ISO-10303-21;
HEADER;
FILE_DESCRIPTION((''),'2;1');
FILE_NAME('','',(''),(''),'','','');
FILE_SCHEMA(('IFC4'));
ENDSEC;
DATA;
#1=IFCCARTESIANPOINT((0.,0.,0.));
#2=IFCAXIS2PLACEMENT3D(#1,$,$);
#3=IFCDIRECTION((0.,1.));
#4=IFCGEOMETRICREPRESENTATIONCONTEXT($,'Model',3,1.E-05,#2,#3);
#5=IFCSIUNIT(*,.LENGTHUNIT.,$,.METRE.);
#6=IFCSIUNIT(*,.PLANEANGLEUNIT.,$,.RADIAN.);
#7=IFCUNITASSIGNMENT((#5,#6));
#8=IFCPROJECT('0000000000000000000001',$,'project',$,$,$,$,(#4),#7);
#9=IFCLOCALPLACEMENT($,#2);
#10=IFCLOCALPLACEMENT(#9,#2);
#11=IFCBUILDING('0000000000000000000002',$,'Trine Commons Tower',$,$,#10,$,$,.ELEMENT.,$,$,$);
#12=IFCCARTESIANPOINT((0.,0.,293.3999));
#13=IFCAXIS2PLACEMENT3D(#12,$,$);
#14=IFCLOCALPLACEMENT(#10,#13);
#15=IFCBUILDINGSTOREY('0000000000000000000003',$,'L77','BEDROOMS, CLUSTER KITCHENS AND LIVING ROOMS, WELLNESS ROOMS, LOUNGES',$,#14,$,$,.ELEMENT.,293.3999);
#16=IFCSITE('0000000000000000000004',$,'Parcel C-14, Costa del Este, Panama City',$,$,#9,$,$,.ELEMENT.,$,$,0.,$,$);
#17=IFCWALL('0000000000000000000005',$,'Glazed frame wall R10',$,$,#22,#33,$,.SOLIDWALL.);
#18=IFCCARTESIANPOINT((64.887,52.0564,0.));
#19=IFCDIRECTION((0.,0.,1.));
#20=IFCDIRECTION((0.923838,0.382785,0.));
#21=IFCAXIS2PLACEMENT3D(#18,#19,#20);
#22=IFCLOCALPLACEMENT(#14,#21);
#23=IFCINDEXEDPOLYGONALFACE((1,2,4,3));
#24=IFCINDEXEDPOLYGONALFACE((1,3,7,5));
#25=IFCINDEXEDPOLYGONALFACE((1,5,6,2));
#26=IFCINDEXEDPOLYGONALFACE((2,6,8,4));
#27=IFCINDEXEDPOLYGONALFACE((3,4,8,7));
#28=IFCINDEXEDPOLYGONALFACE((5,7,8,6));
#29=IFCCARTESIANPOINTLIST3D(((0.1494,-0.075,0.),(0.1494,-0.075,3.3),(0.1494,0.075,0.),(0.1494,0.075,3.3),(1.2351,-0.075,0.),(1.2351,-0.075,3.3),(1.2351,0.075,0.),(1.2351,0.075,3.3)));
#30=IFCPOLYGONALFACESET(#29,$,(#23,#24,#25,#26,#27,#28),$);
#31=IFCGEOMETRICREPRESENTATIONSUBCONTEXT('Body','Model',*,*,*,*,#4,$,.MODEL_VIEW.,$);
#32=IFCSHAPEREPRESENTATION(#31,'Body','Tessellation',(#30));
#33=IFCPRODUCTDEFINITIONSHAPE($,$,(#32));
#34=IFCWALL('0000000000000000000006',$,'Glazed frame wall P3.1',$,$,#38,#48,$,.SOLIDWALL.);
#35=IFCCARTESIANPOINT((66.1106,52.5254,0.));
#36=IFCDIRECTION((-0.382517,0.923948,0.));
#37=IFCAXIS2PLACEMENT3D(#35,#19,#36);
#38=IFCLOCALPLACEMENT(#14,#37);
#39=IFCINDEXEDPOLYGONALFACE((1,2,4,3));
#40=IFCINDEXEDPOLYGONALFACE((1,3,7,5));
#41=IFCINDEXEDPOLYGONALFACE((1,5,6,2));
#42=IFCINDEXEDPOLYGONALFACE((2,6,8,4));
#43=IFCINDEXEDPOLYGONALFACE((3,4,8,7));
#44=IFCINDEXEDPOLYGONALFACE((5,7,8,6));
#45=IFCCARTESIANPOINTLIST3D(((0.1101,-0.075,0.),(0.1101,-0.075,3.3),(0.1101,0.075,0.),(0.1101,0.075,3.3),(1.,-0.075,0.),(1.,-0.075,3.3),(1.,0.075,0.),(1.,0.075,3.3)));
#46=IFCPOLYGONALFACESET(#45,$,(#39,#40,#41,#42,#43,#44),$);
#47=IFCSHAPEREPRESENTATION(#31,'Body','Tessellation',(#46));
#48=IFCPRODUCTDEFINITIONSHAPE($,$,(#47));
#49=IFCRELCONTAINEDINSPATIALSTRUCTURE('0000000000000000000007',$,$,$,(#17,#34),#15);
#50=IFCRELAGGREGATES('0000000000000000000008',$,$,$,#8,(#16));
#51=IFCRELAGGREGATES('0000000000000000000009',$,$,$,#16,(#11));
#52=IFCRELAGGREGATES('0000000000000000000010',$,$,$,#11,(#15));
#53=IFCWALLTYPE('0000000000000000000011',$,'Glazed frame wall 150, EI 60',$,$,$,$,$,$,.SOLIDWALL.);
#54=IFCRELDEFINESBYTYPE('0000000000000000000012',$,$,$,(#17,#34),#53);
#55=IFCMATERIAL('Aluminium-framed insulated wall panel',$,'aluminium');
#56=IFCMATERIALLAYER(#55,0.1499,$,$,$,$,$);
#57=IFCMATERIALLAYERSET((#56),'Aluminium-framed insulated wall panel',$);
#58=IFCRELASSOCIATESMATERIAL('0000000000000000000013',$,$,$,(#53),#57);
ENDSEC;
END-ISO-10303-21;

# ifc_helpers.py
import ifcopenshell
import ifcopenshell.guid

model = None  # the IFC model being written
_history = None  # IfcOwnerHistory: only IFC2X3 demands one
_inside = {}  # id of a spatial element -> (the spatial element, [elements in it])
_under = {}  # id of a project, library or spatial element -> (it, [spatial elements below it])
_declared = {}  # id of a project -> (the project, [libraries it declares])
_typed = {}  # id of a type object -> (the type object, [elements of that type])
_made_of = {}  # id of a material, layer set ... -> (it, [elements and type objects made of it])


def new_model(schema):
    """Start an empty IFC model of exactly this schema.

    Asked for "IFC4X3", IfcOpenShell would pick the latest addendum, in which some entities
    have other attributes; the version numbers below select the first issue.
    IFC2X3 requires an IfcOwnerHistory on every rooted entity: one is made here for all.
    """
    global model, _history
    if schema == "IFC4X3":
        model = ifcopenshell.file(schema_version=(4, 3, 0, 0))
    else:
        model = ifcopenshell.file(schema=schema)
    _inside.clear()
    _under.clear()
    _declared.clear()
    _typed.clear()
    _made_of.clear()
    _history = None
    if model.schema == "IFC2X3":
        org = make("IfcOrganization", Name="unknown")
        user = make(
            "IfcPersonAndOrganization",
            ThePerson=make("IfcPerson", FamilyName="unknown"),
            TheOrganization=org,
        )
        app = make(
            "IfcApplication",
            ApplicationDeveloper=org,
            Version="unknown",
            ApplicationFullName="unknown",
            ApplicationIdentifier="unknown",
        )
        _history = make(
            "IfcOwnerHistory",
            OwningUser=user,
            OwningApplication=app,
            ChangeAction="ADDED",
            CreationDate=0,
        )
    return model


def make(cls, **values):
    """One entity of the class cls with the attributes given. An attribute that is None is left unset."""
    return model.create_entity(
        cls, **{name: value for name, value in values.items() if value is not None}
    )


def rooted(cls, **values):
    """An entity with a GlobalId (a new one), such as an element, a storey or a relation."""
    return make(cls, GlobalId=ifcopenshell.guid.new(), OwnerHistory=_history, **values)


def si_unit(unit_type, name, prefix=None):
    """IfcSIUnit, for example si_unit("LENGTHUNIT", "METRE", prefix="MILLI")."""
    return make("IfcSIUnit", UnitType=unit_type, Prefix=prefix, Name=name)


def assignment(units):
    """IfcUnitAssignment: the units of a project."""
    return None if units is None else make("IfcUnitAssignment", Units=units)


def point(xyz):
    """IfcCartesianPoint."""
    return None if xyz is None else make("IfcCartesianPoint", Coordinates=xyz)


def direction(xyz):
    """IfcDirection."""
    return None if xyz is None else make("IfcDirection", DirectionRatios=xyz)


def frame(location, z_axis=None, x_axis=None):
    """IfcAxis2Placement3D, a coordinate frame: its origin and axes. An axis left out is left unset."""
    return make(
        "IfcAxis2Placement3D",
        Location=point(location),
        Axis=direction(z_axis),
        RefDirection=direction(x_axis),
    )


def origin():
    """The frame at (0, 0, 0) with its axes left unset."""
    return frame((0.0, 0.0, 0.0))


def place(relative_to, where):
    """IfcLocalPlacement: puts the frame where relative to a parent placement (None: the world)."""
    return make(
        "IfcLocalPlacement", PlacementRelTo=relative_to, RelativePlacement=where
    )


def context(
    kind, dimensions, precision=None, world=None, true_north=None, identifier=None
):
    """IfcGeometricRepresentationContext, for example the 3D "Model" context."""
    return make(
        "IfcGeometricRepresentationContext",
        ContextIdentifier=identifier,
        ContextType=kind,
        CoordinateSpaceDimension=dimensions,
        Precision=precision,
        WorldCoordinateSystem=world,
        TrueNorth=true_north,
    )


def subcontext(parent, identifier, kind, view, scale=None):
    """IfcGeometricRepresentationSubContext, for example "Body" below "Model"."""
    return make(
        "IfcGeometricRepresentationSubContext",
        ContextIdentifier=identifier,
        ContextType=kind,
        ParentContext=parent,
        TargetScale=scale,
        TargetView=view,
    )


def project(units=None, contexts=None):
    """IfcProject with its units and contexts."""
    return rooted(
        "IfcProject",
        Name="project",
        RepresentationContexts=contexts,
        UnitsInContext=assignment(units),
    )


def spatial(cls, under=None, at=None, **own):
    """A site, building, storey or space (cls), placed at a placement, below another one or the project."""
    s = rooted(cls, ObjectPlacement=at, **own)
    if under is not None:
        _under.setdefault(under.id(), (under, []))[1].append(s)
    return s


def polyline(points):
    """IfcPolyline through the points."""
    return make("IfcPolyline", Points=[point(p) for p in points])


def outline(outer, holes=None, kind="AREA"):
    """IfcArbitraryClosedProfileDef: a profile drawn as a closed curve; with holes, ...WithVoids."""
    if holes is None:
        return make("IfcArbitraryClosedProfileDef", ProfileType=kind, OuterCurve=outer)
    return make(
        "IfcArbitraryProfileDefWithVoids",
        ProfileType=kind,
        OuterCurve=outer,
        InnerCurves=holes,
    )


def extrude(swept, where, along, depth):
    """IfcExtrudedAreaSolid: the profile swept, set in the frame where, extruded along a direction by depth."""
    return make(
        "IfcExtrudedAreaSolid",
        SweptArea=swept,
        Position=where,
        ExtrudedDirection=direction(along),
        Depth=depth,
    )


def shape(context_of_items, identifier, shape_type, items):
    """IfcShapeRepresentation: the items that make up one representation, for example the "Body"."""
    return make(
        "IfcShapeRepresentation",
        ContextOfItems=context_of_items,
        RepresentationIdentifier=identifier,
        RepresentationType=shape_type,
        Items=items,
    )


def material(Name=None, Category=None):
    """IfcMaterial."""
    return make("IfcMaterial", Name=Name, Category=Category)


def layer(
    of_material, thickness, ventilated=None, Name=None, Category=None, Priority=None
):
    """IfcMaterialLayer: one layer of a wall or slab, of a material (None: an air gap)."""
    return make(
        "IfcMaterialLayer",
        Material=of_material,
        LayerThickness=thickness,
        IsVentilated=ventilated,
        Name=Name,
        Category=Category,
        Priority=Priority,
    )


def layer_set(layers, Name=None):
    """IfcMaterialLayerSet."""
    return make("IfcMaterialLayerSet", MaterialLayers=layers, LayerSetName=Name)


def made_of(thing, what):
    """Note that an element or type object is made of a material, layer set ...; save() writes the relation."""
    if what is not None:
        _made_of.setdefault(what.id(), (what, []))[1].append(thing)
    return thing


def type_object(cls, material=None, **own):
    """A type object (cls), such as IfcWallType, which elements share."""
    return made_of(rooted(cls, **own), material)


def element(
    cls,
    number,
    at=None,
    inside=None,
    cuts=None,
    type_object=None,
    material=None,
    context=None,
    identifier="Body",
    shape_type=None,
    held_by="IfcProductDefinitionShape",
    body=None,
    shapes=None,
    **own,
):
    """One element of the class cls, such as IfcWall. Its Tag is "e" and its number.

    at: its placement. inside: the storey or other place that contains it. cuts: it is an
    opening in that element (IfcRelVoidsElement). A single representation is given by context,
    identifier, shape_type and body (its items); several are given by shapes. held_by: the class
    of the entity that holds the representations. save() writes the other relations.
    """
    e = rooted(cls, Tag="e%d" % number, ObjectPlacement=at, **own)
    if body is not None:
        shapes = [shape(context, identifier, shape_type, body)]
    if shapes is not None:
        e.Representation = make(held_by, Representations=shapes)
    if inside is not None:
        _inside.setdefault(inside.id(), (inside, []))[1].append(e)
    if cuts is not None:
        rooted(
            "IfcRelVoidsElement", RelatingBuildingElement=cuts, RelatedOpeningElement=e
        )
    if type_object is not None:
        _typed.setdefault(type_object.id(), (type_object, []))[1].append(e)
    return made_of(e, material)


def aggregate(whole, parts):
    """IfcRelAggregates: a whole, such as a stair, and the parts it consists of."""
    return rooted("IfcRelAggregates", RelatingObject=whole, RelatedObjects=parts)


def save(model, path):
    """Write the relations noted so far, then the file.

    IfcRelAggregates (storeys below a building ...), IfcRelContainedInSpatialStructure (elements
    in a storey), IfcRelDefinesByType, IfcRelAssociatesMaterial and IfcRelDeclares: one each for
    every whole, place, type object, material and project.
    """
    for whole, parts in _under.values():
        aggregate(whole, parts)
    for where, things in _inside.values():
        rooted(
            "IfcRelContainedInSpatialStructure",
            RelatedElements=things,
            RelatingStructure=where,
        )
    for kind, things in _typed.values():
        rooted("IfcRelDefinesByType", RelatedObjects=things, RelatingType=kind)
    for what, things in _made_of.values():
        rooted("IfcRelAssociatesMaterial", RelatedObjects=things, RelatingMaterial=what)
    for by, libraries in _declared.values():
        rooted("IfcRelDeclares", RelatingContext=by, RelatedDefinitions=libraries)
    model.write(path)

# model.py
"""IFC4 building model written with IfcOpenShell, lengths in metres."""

from ifc_helpers import new_model, si_unit, direction, frame, origin, place, context, subcontext, project, spatial, polyline, outline, extrude, material, layer, layer_set, type_object, element, save


model = new_model("IFC4")

# Units and contexts
model_context = context("Model", 3, precision=1e-05, world=origin(), true_north=direction((0.0, 1.0)))
body_context = subcontext(model_context, "Body", "Model", "MODEL_VIEW")
ifc_project = project(units=[si_unit("LENGTHUNIT", "METRE"), si_unit("PLANEANGLEUNIT", "RADIAN")], contexts=[model_context])

# Site, building, storey
site_placement = place(None, origin())
site = spatial("IfcSite", under=ifc_project, at=site_placement, Name="Parcel C-14, Costa del Este, Panama City", CompositionType="ELEMENT", RefElevation=0.0)
building_placement = place(site_placement, origin())
building = spatial("IfcBuilding", under=site, at=building_placement, Name="Trine Commons Tower", CompositionType="ELEMENT")
storey_placement = place(building_placement, frame((0.0, 0.0, 293.3999)))
storey = spatial("IfcBuildingStorey", under=building, at=storey_placement, Name="L77", Description="BEDROOMS, CLUSTER KITCHENS AND LIVING ROOMS, WELLNESS ROOMS, LOUNGES", CompositionType="ELEMENT", Elevation=293.3999)

# Walls
ifc_material_1 = material(Name="Aluminium-framed insulated wall panel", Category="aluminium")
ifc_layer_1 = layer(ifc_material_1, 0.1499)
ifc_layer_set_1 = layer_set([ifc_layer_1], Name="Aluminium-framed insulated wall panel")
wall_type_1 = type_object("IfcWallType", Name="Glazed frame wall 150, EI 60", PredefinedType="SOLIDWALL", material=ifc_layer_set_1)
wall_1_placement = place(storey_placement, frame((64.887, 52.0564, 0.0), z_axis=(0.0, 0.0, 1.0), x_axis=(0.923838, 0.382785, 0.0)))
element("IfcWall", 1, at=wall_1_placement, inside=storey, type_object=wall_type_1, Name="Glazed frame wall R10", PredefinedType="SOLIDWALL", context=body_context, shape_type="SweptSolid", body=[
    extrude(outline(polyline([(0.1494, 0.075), (0.1494, -0.075), (1.2351, -0.075), (1.2351, 0.075), (0.1494, 0.075)])), origin(), (0.0, 0.0, 1.0), 3.3),
])
wall_2_placement = place(storey_placement, frame((66.1106, 52.5254, 0.0), z_axis=(0.0, 0.0, 1.0), x_axis=(-0.382517, 0.923948, 0.0)))
element("IfcWall", 2, at=wall_2_placement, inside=storey, type_object=wall_type_1, Name="Glazed frame wall P3.1", PredefinedType="SOLIDWALL", context=body_context, shape_type="SweptSolid", body=[
    extrude(outline(polyline([(0.1101, -0.075), (1.0, -0.075), (1.0, 0.075), (0.1101, 0.075), (0.1101, -0.075)])), origin(), (0.0, 0.0, 1.0), 3.3),
])

save(model, "model.ifc")
